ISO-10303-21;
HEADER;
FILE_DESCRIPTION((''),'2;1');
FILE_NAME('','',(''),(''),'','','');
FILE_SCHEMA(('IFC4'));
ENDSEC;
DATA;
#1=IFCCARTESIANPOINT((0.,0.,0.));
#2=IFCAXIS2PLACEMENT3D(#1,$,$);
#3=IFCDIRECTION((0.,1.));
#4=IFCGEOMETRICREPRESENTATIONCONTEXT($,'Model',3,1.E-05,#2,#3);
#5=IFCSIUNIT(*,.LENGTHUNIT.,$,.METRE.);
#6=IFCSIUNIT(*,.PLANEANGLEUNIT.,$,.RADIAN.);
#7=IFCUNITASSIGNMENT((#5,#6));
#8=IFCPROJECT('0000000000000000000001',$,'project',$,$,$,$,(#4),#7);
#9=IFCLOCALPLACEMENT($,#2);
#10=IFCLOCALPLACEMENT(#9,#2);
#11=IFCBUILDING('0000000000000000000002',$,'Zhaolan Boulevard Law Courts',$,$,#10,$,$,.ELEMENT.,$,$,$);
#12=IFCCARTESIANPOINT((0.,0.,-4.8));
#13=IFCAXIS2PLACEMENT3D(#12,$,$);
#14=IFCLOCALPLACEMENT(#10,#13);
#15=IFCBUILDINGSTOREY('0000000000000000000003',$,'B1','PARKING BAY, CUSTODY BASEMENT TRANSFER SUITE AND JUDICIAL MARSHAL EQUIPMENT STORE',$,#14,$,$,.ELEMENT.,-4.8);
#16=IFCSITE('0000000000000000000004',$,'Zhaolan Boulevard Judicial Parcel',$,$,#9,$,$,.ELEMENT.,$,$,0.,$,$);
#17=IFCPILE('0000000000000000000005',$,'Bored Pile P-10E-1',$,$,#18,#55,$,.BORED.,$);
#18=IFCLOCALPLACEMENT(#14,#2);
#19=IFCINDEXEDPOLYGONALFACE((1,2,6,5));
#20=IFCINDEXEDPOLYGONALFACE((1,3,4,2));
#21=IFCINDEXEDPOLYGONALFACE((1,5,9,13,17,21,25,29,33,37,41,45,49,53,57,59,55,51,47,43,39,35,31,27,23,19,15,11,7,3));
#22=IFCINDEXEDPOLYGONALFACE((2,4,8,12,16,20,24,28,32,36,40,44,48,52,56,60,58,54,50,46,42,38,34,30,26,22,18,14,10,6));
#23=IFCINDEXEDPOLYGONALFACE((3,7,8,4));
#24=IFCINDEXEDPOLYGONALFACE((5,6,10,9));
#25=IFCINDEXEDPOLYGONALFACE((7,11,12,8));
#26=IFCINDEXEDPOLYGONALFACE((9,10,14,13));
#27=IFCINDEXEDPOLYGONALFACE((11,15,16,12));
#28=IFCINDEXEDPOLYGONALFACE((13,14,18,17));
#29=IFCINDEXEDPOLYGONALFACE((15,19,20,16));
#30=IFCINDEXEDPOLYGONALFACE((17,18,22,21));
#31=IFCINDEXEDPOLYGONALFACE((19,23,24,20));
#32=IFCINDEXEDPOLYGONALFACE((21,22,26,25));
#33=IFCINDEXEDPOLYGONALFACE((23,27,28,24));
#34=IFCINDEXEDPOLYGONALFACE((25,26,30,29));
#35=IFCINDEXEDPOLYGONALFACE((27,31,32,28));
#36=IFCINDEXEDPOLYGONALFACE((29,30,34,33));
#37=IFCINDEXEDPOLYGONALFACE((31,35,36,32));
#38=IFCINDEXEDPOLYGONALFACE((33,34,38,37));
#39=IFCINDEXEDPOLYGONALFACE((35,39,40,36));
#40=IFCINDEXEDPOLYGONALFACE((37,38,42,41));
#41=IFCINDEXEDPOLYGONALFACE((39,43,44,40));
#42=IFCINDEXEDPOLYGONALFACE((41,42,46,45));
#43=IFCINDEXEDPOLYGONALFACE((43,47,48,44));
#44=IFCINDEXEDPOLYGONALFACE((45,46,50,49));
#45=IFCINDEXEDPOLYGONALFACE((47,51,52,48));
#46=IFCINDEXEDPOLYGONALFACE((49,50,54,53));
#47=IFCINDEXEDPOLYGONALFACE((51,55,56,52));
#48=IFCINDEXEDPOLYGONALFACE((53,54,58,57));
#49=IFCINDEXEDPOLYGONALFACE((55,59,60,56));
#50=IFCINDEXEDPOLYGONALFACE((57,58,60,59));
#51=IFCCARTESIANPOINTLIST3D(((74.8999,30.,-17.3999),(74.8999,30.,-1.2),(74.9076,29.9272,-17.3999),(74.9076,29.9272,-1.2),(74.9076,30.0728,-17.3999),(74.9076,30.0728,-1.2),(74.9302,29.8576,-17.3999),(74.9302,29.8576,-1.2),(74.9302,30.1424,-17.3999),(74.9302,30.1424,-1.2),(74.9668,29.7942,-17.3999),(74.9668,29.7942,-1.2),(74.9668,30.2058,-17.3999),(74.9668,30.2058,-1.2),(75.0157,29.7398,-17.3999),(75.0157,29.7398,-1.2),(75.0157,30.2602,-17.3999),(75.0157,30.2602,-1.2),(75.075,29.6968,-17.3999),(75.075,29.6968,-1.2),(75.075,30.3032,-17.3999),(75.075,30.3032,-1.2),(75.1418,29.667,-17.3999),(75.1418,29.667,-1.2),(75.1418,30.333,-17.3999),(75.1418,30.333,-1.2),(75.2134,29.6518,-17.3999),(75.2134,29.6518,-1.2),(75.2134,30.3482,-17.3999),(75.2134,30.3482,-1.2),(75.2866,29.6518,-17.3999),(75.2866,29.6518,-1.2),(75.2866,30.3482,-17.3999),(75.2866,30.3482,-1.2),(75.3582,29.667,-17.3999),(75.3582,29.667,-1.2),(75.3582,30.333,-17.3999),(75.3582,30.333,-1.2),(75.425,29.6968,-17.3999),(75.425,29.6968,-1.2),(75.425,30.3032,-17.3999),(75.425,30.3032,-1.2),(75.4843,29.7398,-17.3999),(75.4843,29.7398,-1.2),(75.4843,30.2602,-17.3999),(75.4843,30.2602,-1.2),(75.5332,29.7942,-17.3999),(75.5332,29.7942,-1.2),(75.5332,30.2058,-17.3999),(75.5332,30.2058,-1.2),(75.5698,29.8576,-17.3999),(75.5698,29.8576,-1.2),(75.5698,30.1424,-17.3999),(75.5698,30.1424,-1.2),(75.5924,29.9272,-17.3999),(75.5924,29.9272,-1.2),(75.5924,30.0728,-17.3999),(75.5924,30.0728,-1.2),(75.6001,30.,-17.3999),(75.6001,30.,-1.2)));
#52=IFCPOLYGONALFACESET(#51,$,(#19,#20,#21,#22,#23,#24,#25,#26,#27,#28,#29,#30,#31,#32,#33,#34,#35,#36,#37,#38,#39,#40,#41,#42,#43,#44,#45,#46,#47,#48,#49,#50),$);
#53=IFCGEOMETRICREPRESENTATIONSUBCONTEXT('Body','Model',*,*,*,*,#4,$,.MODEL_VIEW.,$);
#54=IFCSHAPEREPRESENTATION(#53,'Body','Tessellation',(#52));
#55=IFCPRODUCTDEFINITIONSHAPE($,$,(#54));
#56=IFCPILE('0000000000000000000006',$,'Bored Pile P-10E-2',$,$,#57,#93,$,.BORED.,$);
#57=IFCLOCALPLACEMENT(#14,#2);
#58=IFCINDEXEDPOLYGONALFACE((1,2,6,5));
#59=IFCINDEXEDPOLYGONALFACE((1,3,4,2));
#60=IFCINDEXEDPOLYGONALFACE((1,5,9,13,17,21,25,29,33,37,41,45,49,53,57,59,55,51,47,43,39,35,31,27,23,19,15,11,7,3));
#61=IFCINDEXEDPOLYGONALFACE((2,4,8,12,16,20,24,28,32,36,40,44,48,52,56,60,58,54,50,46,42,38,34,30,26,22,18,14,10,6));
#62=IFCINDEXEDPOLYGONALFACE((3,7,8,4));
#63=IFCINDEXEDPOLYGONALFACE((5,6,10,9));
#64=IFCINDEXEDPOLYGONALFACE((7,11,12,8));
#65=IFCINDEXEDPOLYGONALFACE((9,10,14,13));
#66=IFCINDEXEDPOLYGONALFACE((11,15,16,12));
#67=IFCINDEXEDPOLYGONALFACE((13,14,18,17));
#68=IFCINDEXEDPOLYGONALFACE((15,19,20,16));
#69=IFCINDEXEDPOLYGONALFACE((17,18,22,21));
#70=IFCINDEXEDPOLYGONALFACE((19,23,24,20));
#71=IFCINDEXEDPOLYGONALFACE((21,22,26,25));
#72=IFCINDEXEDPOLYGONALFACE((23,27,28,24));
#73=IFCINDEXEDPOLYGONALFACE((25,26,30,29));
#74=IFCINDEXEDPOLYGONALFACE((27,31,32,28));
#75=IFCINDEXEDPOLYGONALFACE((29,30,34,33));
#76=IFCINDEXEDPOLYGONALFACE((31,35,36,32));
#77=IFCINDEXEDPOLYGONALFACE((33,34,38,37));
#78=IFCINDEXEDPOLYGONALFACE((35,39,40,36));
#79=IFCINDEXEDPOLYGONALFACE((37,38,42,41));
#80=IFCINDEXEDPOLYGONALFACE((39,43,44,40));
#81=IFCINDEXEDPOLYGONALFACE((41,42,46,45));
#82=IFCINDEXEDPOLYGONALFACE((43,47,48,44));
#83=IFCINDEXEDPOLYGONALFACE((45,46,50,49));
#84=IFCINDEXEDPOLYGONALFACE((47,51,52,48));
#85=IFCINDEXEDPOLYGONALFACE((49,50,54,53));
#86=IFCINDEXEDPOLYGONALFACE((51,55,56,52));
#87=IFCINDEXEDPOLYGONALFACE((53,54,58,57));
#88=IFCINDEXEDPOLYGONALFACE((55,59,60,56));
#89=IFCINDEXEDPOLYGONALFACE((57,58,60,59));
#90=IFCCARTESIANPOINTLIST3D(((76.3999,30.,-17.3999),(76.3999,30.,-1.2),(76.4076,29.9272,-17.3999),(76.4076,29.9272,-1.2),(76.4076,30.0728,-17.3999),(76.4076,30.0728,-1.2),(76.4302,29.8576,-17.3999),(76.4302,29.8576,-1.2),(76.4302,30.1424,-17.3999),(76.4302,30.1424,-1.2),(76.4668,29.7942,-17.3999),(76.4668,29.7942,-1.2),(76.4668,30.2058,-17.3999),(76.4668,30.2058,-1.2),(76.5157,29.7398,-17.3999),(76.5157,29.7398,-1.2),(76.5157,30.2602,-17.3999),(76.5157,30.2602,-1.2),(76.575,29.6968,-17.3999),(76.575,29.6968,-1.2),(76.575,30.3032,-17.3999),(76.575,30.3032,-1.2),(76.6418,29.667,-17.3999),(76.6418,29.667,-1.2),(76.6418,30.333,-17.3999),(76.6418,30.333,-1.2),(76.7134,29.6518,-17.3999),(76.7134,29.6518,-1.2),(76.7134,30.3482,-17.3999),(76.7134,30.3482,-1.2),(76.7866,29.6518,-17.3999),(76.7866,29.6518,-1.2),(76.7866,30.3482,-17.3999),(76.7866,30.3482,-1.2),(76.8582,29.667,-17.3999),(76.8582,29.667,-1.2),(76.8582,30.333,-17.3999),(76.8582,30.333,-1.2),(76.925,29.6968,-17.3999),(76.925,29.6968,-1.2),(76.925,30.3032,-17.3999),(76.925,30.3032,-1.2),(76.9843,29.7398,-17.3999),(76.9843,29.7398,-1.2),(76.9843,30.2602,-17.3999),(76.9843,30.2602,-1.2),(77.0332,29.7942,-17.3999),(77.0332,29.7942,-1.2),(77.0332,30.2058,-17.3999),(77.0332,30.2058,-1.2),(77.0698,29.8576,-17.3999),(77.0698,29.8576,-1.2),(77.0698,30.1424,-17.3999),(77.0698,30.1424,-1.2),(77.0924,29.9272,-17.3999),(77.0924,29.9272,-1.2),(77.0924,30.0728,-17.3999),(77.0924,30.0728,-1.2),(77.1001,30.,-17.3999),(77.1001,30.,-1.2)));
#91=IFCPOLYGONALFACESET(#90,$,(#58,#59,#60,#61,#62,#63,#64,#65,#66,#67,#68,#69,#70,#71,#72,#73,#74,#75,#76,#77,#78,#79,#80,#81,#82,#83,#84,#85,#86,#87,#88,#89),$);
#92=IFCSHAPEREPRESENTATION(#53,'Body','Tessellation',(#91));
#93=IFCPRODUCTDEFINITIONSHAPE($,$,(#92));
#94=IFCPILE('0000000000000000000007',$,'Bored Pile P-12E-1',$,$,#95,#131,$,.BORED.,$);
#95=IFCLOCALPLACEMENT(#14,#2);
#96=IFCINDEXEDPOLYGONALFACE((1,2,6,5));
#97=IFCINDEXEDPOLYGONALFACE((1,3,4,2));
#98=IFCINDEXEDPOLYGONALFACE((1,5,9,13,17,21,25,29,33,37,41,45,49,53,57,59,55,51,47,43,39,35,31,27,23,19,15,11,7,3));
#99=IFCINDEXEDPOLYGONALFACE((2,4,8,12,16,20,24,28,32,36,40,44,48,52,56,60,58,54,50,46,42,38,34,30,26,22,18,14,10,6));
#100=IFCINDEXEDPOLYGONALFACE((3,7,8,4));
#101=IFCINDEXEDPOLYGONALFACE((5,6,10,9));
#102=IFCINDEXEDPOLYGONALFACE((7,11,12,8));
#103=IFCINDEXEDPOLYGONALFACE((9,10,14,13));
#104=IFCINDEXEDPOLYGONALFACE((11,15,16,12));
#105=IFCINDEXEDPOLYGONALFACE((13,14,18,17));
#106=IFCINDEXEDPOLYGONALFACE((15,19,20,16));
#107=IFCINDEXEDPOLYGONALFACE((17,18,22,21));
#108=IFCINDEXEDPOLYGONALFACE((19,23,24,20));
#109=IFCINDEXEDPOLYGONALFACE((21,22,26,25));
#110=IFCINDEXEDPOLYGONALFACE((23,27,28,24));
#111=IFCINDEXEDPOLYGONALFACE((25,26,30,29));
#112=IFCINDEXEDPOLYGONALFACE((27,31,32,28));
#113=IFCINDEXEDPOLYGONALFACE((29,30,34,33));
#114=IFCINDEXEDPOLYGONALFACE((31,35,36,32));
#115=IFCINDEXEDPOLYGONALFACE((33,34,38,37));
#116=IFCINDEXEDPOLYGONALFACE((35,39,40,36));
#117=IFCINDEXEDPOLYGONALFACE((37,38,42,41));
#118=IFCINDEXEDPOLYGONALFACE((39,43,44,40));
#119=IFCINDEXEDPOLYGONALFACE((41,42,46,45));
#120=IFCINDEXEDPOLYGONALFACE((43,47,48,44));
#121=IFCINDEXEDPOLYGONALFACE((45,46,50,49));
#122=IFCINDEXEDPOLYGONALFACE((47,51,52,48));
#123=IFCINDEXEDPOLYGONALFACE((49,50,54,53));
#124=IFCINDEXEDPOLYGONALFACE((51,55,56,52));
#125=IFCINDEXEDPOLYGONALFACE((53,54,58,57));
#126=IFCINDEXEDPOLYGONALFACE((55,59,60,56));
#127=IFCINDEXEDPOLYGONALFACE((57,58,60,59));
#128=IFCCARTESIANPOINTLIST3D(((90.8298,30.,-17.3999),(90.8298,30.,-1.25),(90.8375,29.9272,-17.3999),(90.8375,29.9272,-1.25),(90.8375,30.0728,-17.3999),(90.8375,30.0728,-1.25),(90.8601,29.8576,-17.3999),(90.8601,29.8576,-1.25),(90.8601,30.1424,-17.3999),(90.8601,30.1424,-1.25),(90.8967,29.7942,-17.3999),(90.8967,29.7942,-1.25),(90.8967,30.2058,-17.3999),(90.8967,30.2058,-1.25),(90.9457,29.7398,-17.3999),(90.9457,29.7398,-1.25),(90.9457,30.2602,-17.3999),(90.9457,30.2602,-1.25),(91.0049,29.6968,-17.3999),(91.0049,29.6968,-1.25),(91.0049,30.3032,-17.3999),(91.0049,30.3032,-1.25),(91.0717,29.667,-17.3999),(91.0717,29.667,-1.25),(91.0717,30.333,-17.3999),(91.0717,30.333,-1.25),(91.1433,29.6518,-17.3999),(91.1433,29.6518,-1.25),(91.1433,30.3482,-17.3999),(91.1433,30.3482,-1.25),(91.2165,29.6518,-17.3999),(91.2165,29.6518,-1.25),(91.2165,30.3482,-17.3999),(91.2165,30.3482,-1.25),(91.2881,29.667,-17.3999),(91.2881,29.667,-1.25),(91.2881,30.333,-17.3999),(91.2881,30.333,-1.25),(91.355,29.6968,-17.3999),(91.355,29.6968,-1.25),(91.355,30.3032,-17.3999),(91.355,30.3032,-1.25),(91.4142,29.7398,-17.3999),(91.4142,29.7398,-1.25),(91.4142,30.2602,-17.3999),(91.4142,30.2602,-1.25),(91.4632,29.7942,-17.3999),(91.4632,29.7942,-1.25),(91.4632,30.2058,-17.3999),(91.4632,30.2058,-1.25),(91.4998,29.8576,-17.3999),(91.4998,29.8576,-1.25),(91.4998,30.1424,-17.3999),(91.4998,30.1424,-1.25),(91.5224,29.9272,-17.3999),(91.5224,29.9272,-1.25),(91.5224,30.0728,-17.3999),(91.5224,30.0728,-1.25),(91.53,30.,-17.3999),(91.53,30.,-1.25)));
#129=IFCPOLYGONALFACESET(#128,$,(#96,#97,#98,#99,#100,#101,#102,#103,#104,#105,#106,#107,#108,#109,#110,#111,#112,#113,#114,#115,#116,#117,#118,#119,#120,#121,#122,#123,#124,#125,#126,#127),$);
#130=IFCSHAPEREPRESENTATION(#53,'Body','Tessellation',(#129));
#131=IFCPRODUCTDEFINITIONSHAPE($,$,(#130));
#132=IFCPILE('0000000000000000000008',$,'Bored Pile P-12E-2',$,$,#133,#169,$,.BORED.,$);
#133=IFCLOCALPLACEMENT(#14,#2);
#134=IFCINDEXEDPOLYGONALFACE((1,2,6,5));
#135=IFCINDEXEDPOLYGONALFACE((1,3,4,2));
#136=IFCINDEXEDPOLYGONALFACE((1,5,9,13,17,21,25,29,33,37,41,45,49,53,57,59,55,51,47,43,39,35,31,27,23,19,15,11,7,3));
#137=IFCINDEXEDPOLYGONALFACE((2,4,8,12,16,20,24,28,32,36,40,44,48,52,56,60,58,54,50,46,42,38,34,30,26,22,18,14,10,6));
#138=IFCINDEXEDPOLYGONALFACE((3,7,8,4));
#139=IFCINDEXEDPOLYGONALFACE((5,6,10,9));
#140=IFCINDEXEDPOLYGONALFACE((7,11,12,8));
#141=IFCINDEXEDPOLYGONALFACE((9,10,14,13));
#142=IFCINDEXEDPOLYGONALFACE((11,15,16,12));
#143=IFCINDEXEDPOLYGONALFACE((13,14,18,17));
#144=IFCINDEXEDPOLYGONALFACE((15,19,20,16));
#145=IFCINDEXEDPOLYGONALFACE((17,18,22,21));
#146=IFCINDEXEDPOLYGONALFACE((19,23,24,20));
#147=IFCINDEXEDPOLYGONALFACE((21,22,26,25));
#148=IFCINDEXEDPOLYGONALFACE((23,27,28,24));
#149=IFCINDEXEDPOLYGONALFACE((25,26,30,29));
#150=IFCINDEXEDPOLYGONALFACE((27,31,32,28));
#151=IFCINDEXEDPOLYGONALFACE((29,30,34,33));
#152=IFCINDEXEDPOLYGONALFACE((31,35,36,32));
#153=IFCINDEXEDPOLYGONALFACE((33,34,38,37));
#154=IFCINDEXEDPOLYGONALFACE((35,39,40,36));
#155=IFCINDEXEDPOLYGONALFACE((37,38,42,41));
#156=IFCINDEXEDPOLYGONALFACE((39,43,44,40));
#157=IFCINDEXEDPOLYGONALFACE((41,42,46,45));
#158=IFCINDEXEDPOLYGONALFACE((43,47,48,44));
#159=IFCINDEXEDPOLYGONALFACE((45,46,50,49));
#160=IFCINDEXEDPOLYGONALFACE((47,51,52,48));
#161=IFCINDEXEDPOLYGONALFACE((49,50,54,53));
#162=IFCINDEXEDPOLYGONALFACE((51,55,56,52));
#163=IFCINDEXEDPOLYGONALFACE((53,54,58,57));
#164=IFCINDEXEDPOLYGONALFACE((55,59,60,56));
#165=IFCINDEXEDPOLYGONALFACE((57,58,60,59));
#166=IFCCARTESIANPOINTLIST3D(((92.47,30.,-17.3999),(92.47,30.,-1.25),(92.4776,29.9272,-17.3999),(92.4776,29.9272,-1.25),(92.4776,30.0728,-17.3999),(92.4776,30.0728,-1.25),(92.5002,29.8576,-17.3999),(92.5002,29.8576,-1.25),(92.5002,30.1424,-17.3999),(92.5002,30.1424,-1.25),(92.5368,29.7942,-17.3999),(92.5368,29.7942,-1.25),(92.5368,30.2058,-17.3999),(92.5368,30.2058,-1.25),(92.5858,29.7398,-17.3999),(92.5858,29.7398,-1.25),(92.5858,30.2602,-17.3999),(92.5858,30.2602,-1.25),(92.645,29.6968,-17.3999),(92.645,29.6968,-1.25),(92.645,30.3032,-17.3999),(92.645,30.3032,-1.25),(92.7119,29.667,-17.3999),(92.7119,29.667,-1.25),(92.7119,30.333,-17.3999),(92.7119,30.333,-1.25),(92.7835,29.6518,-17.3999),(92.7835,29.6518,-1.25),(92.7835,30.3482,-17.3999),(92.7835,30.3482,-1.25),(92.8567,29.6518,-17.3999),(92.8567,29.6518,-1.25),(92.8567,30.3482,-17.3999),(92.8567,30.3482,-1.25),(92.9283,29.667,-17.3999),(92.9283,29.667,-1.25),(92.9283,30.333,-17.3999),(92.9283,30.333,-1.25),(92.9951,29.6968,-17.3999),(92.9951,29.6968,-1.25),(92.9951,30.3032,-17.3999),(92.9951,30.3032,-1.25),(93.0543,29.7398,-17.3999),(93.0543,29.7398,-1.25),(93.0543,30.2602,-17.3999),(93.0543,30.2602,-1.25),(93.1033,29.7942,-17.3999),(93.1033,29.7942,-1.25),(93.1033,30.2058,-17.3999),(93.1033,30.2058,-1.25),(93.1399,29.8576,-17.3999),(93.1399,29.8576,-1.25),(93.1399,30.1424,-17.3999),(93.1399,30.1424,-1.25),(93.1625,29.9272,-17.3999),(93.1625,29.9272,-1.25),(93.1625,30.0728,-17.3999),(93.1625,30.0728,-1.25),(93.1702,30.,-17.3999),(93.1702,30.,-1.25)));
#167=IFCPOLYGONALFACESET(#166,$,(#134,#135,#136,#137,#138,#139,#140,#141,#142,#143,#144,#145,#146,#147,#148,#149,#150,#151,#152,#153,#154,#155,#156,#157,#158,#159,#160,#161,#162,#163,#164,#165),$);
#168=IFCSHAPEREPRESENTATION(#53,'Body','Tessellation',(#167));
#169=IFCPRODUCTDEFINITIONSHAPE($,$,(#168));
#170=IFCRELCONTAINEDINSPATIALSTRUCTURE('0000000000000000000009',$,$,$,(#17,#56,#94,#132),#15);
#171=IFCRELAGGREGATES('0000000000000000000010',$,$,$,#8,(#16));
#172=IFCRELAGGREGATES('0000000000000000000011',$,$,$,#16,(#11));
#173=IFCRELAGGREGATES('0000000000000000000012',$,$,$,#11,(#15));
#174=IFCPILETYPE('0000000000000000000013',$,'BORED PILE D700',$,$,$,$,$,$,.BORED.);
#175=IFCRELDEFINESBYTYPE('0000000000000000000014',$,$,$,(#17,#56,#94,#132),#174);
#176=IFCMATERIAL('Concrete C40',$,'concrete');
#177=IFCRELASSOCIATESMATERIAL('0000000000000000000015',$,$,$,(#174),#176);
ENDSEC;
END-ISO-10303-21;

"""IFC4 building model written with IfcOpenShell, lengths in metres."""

from ifc_helpers import new_model, si_unit, direction, frame, origin, origin_2d, place, context, subcontext, project, spatial, circle, extrude, material, material_profile, profile_set, type_object, element, save


model = new_model("IFC4")

# Units and contexts
model_context = context("Model", 3, precision=1e-05, world=origin(), true_north=direction((0.0, 1.0)))
body_context = subcontext(model_context, "Body", "Model", "MODEL_VIEW")
ifc_project = project(units=[si_unit("LENGTHUNIT", "METRE"), si_unit("PLANEANGLEUNIT", "RADIAN")], contexts=[model_context])

# Site, building, storey
site_placement = place(None, origin())
site = spatial("IfcSite", under=ifc_project, at=site_placement, Name="Zhaolan Boulevard Judicial Parcel", CompositionType="ELEMENT", RefElevation=0.0)
building_placement = place(site_placement, origin())
building = spatial("IfcBuilding", under=site, at=building_placement, Name="Zhaolan Boulevard Law Courts", CompositionType="ELEMENT")
storey_placement = place(building_placement, frame((0.0, 0.0, -4.8)))
storey = spatial("IfcBuildingStorey", under=building, at=storey_placement, Name="B1", Description="PARKING BAY, CUSTODY BASEMENT TRANSFER SUITE AND JUDICIAL MARSHAL EQUIPMENT STORE", CompositionType="ELEMENT", Elevation=-4.8)

# Piles
ifc_material_1 = material(Name="Concrete C40", Category="concrete")
ifc_material_profile_1 = material_profile(ifc_material_1, circle(Radius=0.3501, at=origin_2d()), Name="PILE-D700")
ifc_profile_set_1 = profile_set([ifc_material_profile_1], Name="Concrete C40")
pile_type_1 = type_object("IfcPileType", Name="BORED PILE D700", PredefinedType="BORED", material=ifc_profile_set_1)
for number, where, z_axis, x_axis, name in (
    (1, (75.25, 30.0, -1.2), (0.0, 0.0, -1.0), (1.0, 0.0, 0.0), "Bored Pile P-10E-1"),
    (2, (76.75, 30.0, -1.2), (0.0, 0.0, -1.0), (1.0, 0.0, 0.0), "Bored Pile P-10E-2"),
):
    element("IfcPile", number, at=place(storey_placement, frame(where, z_axis=z_axis, x_axis=x_axis)), inside=storey, type_object=pile_type_1, Name=name, PredefinedType="BORED", context=body_context, shape_type="SweptSolid", body=[
        extrude(circle(Radius=0.3501, at=origin_2d()), origin(), (0.0, 0.0, 1.0), 16.2),
    ])
for number, where, z_axis, x_axis, name in (
    (3, (91.1799, 30.0, -1.25), (0.0, 0.0, -1.0), (1.0, 0.0, 0.0), "Bored Pile P-12E-1"),
    (4, (92.8201, 30.0, -1.25), (0.0, 0.0, -1.0), (1.0, 0.0, 0.0), "Bored Pile P-12E-2"),
):
    element("IfcPile", number, at=place(storey_placement, frame(where, z_axis=z_axis, x_axis=x_axis)), inside=storey, type_object=pile_type_1, Name=name, PredefinedType="BORED", context=body_context, shape_type="SweptSolid", body=[
        extrude(circle(Radius=0.3501, at=origin_2d()), origin(), (0.0, 0.0, 1.0), 16.1499),
    ])

save(model, "model.ifc")
